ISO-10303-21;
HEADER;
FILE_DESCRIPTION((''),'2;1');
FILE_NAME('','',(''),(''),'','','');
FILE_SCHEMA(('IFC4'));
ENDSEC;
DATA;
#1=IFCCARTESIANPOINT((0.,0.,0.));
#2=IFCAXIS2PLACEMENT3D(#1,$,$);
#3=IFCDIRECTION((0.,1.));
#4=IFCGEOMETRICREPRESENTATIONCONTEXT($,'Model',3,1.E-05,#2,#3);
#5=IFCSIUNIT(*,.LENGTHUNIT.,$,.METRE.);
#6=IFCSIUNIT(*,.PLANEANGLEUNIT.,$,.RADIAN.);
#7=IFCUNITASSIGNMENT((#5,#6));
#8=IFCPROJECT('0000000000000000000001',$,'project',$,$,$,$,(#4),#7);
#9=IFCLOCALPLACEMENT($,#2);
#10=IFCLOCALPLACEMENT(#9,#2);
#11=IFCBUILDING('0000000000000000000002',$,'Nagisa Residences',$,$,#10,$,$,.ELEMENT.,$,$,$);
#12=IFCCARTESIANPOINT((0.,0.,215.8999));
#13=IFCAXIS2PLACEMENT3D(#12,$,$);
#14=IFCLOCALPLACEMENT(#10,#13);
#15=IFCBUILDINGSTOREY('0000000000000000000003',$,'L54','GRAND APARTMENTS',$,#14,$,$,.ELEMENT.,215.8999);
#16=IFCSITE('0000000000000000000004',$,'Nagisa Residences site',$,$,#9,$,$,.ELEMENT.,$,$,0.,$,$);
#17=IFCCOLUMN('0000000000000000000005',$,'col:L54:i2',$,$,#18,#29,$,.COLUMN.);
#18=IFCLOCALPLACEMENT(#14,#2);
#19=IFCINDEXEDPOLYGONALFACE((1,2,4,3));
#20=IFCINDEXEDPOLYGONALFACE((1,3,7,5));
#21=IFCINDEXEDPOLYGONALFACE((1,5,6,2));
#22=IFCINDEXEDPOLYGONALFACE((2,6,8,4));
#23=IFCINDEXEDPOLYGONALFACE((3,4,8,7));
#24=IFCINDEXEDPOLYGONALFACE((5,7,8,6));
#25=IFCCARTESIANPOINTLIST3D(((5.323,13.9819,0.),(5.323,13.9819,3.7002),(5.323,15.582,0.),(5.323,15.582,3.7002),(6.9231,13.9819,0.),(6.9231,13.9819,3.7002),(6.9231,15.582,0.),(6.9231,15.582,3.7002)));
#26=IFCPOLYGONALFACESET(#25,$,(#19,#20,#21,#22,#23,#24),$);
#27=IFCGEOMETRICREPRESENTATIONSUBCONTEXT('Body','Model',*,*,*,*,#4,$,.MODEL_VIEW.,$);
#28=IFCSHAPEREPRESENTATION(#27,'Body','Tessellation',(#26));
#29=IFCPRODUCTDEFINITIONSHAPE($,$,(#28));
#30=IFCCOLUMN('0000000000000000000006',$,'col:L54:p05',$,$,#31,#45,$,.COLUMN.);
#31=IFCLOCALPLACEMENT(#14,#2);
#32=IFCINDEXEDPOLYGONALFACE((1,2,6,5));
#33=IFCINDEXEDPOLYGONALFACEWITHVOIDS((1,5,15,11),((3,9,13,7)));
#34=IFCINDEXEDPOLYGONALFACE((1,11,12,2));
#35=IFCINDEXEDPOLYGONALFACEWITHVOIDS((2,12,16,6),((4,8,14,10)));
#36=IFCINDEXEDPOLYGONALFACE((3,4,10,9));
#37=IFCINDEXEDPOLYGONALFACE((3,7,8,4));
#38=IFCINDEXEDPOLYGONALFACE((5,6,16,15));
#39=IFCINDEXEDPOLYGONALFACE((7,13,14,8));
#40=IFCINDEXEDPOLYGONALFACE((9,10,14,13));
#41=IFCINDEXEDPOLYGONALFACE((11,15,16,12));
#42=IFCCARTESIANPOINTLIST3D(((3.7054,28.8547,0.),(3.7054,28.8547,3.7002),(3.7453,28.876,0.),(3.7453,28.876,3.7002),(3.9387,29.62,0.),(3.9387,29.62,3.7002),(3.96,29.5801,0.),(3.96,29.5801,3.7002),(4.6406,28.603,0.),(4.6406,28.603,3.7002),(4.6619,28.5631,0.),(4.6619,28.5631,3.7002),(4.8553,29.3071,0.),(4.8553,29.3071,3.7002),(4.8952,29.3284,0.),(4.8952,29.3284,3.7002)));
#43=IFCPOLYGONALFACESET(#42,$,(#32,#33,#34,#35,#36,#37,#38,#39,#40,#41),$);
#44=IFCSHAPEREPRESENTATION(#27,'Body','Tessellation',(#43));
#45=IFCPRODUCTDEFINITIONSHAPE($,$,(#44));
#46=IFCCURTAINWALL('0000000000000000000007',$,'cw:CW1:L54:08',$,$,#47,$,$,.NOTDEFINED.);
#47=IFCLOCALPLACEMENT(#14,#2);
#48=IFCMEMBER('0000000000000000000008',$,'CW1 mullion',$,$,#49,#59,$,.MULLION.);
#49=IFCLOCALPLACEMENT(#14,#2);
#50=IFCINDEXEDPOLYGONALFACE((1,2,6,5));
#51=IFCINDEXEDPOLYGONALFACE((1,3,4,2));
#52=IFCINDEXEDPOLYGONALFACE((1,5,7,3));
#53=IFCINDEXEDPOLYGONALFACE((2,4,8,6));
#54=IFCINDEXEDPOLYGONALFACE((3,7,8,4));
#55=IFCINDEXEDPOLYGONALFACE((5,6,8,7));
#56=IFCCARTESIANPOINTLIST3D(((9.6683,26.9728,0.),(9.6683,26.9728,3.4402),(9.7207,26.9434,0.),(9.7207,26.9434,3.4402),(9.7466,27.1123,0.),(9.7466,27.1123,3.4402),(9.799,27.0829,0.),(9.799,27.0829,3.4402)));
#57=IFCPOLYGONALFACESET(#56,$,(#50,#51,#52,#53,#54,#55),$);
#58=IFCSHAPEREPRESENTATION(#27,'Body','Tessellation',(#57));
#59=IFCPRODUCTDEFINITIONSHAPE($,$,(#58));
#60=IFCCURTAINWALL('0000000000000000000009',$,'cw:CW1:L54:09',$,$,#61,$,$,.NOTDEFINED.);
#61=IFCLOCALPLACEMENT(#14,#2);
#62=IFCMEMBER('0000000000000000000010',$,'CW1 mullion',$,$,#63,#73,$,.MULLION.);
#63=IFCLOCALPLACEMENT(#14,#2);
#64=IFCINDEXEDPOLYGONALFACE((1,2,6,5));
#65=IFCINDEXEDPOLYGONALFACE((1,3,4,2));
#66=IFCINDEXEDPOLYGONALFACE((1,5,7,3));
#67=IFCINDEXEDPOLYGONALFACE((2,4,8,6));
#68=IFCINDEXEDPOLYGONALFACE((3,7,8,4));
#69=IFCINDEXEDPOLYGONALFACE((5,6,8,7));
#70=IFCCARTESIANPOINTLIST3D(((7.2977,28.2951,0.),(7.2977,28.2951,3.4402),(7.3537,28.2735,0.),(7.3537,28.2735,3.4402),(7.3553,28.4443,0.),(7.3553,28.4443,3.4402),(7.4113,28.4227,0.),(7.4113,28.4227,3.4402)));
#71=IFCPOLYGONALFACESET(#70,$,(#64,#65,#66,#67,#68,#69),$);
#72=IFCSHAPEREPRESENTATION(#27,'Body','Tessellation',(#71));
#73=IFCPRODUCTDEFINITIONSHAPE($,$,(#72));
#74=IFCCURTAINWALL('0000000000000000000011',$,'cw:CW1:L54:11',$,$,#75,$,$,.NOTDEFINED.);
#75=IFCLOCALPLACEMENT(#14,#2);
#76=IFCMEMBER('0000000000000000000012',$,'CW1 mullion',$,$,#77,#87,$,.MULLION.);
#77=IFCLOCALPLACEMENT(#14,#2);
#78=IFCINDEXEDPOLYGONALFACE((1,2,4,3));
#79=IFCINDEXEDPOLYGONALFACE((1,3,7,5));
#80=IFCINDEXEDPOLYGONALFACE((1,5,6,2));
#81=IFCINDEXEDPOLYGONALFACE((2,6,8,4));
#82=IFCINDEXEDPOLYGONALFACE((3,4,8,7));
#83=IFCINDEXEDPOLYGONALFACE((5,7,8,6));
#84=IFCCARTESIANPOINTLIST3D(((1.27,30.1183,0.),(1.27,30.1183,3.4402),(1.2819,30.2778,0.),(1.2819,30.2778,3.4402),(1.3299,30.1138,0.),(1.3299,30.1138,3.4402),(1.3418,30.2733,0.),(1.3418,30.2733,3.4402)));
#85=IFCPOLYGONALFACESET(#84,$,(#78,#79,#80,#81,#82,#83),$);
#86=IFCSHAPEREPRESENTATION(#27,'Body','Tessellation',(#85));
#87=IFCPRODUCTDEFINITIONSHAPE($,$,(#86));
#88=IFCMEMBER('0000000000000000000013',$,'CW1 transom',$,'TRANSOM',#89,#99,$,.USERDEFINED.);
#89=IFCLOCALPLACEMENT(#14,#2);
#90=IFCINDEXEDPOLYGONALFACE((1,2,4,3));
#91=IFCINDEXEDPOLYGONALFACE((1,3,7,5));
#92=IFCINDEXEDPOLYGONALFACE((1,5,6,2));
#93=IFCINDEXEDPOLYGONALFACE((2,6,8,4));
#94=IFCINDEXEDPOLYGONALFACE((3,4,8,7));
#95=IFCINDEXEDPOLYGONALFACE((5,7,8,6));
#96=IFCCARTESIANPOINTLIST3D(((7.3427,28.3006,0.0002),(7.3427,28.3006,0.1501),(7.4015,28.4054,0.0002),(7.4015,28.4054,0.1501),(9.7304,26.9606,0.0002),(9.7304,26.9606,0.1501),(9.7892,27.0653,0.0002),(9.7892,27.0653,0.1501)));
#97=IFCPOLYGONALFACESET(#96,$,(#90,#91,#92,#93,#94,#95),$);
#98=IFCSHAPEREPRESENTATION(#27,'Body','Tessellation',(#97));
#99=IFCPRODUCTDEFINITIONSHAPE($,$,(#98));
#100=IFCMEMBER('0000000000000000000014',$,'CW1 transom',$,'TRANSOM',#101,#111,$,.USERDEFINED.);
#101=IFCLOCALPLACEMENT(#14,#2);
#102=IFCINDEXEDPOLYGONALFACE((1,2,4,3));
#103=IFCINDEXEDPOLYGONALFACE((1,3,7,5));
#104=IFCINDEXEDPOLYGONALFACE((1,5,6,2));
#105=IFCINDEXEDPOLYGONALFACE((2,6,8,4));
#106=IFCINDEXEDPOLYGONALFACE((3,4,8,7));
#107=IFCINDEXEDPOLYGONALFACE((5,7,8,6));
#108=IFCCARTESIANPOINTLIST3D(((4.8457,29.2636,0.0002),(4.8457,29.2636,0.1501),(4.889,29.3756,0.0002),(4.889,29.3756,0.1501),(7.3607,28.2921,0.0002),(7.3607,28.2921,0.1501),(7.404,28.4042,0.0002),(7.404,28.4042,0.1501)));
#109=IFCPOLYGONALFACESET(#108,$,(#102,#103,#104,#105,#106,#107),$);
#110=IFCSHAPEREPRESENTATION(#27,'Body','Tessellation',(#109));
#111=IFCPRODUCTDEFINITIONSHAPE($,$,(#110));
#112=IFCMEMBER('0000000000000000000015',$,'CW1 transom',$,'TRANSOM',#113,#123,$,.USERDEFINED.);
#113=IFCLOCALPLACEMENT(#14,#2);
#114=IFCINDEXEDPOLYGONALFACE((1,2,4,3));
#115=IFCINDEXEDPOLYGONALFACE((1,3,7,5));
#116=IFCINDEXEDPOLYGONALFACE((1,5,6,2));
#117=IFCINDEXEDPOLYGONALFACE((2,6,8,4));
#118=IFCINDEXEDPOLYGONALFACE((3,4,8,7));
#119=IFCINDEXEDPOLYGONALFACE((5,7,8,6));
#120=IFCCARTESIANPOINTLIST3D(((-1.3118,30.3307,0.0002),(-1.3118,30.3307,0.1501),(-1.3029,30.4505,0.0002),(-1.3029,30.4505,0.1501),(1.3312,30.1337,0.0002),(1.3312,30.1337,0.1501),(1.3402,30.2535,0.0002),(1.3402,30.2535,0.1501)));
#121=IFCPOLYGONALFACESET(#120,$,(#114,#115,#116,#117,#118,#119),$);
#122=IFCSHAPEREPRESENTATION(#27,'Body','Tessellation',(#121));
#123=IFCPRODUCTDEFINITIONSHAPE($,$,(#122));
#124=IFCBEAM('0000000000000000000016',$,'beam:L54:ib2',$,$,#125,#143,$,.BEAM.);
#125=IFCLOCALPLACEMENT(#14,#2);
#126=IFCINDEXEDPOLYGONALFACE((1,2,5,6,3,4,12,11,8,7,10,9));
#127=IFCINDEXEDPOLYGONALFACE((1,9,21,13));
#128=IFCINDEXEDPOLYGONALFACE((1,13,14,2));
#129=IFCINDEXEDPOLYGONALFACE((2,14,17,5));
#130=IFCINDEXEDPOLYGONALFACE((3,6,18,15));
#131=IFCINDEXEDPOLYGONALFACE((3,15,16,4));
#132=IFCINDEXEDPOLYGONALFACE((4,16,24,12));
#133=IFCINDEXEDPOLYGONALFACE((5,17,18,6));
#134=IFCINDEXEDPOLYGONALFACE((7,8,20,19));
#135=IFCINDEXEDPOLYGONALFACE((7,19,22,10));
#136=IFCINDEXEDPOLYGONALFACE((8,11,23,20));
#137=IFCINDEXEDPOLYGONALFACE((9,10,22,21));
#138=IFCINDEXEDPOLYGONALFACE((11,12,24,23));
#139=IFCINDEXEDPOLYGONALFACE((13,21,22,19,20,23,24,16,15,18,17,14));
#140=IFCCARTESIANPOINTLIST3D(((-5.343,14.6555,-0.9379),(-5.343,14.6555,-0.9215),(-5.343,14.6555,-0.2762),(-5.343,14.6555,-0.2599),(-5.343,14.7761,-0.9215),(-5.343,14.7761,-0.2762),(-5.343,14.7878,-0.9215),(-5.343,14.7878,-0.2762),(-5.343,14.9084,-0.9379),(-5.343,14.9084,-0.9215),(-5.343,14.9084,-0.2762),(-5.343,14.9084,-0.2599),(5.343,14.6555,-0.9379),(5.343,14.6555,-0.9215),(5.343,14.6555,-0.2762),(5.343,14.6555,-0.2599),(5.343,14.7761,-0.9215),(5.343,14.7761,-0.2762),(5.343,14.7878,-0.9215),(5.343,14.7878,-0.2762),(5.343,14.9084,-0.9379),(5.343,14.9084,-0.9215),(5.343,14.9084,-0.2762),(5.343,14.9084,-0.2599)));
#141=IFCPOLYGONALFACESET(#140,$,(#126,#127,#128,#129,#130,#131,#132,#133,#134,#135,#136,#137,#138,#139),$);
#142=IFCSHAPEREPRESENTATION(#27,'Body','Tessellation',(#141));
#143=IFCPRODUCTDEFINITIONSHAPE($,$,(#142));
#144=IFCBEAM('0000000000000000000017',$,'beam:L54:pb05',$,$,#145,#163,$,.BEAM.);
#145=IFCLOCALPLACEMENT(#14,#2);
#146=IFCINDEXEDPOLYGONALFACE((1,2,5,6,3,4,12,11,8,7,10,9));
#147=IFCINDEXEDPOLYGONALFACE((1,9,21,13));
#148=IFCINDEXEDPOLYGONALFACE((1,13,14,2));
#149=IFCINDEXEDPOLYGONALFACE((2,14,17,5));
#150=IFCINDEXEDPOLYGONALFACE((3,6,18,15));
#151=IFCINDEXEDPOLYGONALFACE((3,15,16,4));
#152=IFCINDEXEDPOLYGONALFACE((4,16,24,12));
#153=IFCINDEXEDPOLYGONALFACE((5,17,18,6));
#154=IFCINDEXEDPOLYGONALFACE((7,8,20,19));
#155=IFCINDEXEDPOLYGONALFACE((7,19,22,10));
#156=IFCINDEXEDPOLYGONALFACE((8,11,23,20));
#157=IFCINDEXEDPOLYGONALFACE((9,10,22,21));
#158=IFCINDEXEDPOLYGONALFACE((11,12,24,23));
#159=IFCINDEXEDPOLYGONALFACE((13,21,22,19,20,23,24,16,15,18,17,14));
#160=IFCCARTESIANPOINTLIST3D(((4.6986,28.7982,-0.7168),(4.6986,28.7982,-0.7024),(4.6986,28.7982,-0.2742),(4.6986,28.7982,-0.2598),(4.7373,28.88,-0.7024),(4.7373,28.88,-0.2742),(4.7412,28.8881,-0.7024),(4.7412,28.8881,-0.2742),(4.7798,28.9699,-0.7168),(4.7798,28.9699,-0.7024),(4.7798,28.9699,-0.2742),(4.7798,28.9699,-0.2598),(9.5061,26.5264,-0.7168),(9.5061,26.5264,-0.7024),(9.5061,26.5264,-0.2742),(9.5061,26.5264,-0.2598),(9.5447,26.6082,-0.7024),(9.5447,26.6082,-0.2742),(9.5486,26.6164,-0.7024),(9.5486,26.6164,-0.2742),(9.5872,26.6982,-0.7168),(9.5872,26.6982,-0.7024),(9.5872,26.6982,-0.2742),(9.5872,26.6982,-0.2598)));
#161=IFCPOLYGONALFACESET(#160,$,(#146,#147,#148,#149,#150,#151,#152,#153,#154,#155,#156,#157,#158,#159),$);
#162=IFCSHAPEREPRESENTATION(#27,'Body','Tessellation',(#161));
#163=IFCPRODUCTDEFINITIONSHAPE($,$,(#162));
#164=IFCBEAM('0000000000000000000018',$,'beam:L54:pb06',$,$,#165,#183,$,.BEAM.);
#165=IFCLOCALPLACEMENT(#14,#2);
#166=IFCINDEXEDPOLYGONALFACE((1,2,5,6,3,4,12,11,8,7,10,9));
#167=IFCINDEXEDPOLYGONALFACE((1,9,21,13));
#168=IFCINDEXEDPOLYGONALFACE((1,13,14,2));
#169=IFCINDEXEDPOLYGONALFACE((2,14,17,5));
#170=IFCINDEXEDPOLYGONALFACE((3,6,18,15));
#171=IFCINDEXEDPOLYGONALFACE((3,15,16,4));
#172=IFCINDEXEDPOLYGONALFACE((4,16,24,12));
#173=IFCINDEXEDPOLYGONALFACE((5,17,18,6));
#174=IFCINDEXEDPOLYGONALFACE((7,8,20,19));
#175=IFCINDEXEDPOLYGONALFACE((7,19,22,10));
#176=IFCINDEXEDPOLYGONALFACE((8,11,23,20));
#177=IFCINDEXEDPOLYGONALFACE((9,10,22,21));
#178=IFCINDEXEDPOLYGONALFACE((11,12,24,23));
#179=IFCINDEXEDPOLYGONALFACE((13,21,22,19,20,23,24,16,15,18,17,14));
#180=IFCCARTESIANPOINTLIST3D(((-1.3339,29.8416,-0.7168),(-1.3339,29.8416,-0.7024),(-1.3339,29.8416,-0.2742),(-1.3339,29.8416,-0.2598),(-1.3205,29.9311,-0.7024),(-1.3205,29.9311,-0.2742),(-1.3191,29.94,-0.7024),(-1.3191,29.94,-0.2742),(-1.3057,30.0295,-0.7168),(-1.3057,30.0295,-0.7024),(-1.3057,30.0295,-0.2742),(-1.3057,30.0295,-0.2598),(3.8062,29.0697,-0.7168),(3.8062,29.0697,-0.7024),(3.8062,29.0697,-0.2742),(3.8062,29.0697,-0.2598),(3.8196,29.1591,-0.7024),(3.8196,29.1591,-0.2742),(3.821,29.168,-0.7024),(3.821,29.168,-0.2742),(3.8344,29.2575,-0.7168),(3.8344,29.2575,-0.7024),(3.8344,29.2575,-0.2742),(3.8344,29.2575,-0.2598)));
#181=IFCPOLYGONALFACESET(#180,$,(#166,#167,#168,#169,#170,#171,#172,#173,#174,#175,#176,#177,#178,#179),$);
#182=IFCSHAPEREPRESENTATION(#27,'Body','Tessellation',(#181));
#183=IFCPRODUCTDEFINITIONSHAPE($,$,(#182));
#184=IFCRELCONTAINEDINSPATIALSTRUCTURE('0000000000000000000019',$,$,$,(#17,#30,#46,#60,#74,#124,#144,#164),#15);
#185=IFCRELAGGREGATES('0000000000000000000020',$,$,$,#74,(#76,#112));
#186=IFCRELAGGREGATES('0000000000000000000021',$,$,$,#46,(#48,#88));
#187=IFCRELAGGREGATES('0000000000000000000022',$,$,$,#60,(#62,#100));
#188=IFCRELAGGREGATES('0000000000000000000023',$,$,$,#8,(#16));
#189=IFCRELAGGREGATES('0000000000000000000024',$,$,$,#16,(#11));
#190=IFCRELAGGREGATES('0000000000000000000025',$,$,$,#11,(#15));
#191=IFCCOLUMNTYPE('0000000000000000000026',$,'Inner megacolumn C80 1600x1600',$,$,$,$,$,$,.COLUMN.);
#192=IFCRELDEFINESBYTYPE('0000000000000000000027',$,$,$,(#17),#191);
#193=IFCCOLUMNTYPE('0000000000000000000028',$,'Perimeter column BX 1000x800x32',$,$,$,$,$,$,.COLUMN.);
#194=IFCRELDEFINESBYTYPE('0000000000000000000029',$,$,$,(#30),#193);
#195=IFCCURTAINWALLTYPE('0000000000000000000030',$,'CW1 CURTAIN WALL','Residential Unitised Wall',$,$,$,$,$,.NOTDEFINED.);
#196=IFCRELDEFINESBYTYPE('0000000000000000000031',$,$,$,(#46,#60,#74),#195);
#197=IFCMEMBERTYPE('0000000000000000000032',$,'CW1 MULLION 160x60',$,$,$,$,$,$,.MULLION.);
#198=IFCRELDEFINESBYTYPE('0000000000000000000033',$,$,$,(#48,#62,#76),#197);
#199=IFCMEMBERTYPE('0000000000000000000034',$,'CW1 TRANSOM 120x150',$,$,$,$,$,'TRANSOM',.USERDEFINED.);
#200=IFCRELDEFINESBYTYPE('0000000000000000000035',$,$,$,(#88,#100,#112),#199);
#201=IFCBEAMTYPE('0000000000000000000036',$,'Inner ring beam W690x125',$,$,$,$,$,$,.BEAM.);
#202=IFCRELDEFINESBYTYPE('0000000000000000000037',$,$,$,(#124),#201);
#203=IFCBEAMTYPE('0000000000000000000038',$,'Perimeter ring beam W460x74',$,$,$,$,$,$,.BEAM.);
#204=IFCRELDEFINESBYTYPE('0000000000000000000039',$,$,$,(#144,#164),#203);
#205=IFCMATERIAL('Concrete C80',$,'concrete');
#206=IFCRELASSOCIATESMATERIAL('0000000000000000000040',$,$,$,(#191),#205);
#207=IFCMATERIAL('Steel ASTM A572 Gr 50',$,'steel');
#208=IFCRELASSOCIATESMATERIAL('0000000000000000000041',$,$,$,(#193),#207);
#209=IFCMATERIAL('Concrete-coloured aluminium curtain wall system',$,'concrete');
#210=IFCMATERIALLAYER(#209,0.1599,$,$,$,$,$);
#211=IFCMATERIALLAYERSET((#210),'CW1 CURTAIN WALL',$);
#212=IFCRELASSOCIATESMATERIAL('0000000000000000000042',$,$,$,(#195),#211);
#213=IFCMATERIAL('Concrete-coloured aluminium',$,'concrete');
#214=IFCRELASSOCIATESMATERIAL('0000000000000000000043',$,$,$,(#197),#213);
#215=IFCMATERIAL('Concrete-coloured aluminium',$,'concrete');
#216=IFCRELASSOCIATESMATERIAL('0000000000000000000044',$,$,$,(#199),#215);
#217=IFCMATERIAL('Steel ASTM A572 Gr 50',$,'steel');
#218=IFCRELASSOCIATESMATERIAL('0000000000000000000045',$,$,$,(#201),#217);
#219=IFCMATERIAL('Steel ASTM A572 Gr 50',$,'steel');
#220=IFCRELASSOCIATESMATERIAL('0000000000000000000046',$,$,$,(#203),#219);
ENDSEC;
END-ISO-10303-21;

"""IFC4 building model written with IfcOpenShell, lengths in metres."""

from ifc_helpers import new_model, si_unit, direction, frame, origin, origin_2d, place, context, subcontext, project, spatial, rectangle, hollow_rectangle, i_section, extrude, material, layer, layer_set, material_profile, profile_set, type_object, element, aggregate, save


model = new_model("IFC4")

# Units and contexts
model_context = context("Model", 3, precision=1e-05, world=origin(), true_north=direction((0.0, 1.0)))
body_context = subcontext(model_context, "Body", "Model", "MODEL_VIEW")
ifc_project = project(units=[si_unit("LENGTHUNIT", "METRE"), si_unit("PLANEANGLEUNIT", "RADIAN")], contexts=[model_context])

# Site, building, storey
site_placement = place(None, origin())
site = spatial("IfcSite", under=ifc_project, at=site_placement, Name="Nagisa Residences site", CompositionType="ELEMENT", RefElevation=0.0)
building_placement = place(site_placement, origin())
building = spatial("IfcBuilding", under=site, at=building_placement, Name="Nagisa Residences", CompositionType="ELEMENT")
storey_placement = place(building_placement, frame((0.0, 0.0, 215.8999)))
storey = spatial("IfcBuildingStorey", under=building, at=storey_placement, Name="L54", Description="GRAND APARTMENTS", CompositionType="ELEMENT", Elevation=215.8999)

# Columns
ifc_material_1 = material(Name="Concrete C80", Category="concrete")
ifc_material_profile_1 = material_profile(ifc_material_1, rectangle(XDim=1.6001, YDim=1.6001, at=origin_2d()), Name="C80 1600x1600")
ifc_profile_set_1 = profile_set([ifc_material_profile_1], Name="Concrete C80")
column_type_1 = type_object("IfcColumnType", Name="Inner megacolumn C80 1600x1600", PredefinedType="COLUMN", material=ifc_profile_set_1)
column_1_placement = place(storey_placement, frame((6.123, 14.782, 0.0), z_axis=(0.0, 0.0, 1.0), x_axis=(1.0, 0.0, 0.0)))
element("IfcColumn", 1, at=column_1_placement, inside=storey, type_object=column_type_1, Name="col:L54:i2", PredefinedType="COLUMN", context=body_context, shape_type="SweptSolid", body=[
    extrude(rectangle(XDim=1.6001, YDim=1.6001, at=origin_2d()), origin(), (0.0, 0.0, 1.0), 3.7002),
])
ifc_material_2 = material(Name="Steel ASTM A572 Gr 50", Category="steel")
ifc_material_profile_2 = material_profile(ifc_material_2, hollow_rectangle(XDim=1.0, YDim=0.8, WallThickness=0.032, at=origin_2d()), Name="BX 1000x800x32")
ifc_profile_set_2 = profile_set([ifc_material_profile_2], Name="Steel ASTM A572 Gr 50")
column_type_2 = type_object("IfcColumnType", Name="Perimeter column BX 1000x800x32", PredefinedType="COLUMN", material=ifc_profile_set_2)
column_2_placement = place(storey_placement, frame((4.3003, 29.0916, 0.0), z_axis=(0.0, 0.0, 1.0), x_axis=(-0.956525, 0.291652, 0.0)))
element("IfcColumn", 2, at=column_2_placement, inside=storey, type_object=column_type_2, Name="col:L54:p05", PredefinedType="COLUMN", context=body_context, shape_type="SweptSolid", body=[
    extrude(hollow_rectangle(XDim=1.0, YDim=0.8, WallThickness=0.032, at=origin_2d()), origin(), (0.0, 0.0, 1.0), 3.7002),
])

# Curtain walls, members
ifc_material_3 = material(Name="Concrete-coloured aluminium curtain wall system", Category="concrete")
ifc_layer_1 = layer(ifc_material_3, 0.1599)
ifc_layer_set_1 = layer_set([ifc_layer_1], Name="CW1 CURTAIN WALL")
curtain_wall_type = type_object("IfcCurtainWallType", Name="CW1 CURTAIN WALL", Description="Residential Unitised Wall", PredefinedType="NOTDEFINED", material=ifc_layer_set_1)
curtain_wall_1_placement = place(storey_placement, origin())
curtain_wall_1 = element("IfcCurtainWall", 3, at=curtain_wall_1_placement, inside=storey, type_object=curtain_wall_type, Name="cw:CW1:L54:08", PredefinedType="NOTDEFINED")
ifc_material_4 = material(Name="Concrete-coloured aluminium", Category="concrete")
ifc_material_profile_3 = material_profile(ifc_material_4, rectangle(XDim=0.1599, YDim=0.0601, at=origin_2d()), Name="CW1 MULLION 160x60")
ifc_profile_set_3 = profile_set([ifc_material_profile_3], Name="Concrete-coloured aluminium")
member_type_1 = type_object("IfcMemberType", Name="CW1 MULLION 160x60", PredefinedType="MULLION", material=ifc_profile_set_3)
member_1_placement = place(storey_placement, frame((9.7336, 27.0278, 0.0), z_axis=(0.0, 0.0, 1.0), x_axis=(-0.489377, -0.872072, 0.0)))
member_1 = element("IfcMember", 4, at=member_1_placement, type_object=member_type_1, Name="CW1 mullion", PredefinedType="MULLION", context=body_context, shape_type="SweptSolid", body=[
    extrude(rectangle(XDim=0.1599, YDim=0.0601, at=origin_2d()), origin(), (0.0, 0.0, 1.0), 3.4402),
])
curtain_wall_2_placement = place(storey_placement, origin())
curtain_wall_2 = element("IfcCurtainWall", 5, at=curtain_wall_2_placement, inside=storey, type_object=curtain_wall_type, Name="cw:CW1:L54:09", PredefinedType="NOTDEFINED")
member_2_placement = place(storey_placement, frame((7.3545, 28.3589, 0.0), z_axis=(0.0, 0.0, 1.0), x_axis=(-0.360328, -0.932826, 0.0)))
member_2 = element("IfcMember", 6, at=member_2_placement, type_object=member_type_1, Name="CW1 mullion", PredefinedType="MULLION", context=body_context, shape_type="SweptSolid", body=[
    extrude(rectangle(XDim=0.1599, YDim=0.0601, at=origin_2d()), origin(), (0.0, 0.0, 1.0), 3.4402),
])
curtain_wall_3_placement = place(storey_placement, origin())
curtain_wall_3 = element("IfcCurtainWall", 7, at=curtain_wall_3_placement, inside=storey, type_object=curtain_wall_type, Name="cw:CW1:L54:11", PredefinedType="NOTDEFINED")
member_3_placement = place(storey_placement, frame((1.3059, 30.1958, 0.0), z_axis=(0.0, 0.0, 1.0), x_axis=(-0.074377, -0.99723, 0.0)))
member_3 = element("IfcMember", 8, at=member_3_placement, type_object=member_type_1, Name="CW1 mullion", PredefinedType="MULLION", context=body_context, shape_type="SweptSolid", body=[
    extrude(rectangle(XDim=0.1599, YDim=0.0601, at=origin_2d()), origin(), (0.0, 0.0, 1.0), 3.4402),
])

# Members
ifc_material_5 = material(Name="Concrete-coloured aluminium", Category="concrete")
ifc_material_profile_4 = material_profile(ifc_material_5, rectangle(XDim=0.1201, YDim=0.1499, at=origin_2d()), Name="CW1 TRANSOM 120x150")
ifc_profile_set_4 = profile_set([ifc_material_profile_4], Name="Concrete-coloured aluminium")
member_type_2 = type_object("IfcMemberType", Name="CW1 TRANSOM 120x150", ElementType="TRANSOM", PredefinedType="USERDEFINED", material=ifc_profile_set_4)
member_4_placement = place(storey_placement, frame((9.7598, 27.0129, 0.0752), z_axis=(-0.872042, 0.489431, 0.0), x_axis=(-0.489431, -0.872042, 0.0)))
member_4 = element("IfcMember", 9, at=member_4_placement, type_object=member_type_2, Name="CW1 transom", ObjectType="TRANSOM", PredefinedType="USERDEFINED", context=body_context, shape_type="SweptSolid", body=[
    extrude(rectangle(XDim=0.1201, YDim=0.1499, at=origin_2d()), origin(), (0.0, 0.0, 1.0), 2.738),
])
member_5_placement = place(storey_placement, frame((7.3823, 28.3481, 0.0752), z_axis=(-0.932826, 0.360326, 0.0), x_axis=(-0.360326, -0.932826, 0.0)))
member_5 = element("IfcMember", 10, at=member_5_placement, type_object=member_type_2, Name="CW1 transom", ObjectType="TRANSOM", PredefinedType="USERDEFINED", context=body_context, shape_type="SweptSolid", body=[
    extrude(rectangle(XDim=0.1201, YDim=0.1499, at=origin_2d()), origin(), (0.0, 0.0, 1.0), 2.696),
])
member_6_placement = place(storey_placement, frame((1.3357, 30.1936, 0.0752), z_axis=(-0.997233, 0.074337, 0.0), x_axis=(-0.074337, -0.997233, 0.0)))
member_6 = element("IfcMember", 11, at=member_6_placement, type_object=member_type_2, Name="CW1 transom", ObjectType="TRANSOM", PredefinedType="USERDEFINED", context=body_context, shape_type="SweptSolid", body=[
    extrude(rectangle(XDim=0.1201, YDim=0.1499, at=origin_2d()), origin(), (0.0, 0.0, 1.0), 2.6504),
])
aggregate(curtain_wall_3, [member_3, member_6])

# Beams
ifc_material_6 = material(Name="Steel ASTM A572 Gr 50", Category="steel")
ifc_material_profile_5 = material_profile(ifc_material_6, i_section(OverallWidth=0.2529, OverallDepth=0.678, WebThickness=0.0117, FlangeThickness=0.0164, at=origin_2d()), Name="W690x125")
ifc_profile_set_5 = profile_set([ifc_material_profile_5], Name="Steel ASTM A572 Gr 50")
beam_type_1 = type_object("IfcBeamType", Name="Inner ring beam W690x125", PredefinedType="BEAM", material=ifc_profile_set_5)
beam_1_placement = place(storey_placement, frame((5.343, 14.782, -0.5989), z_axis=(-1.0, 0.0, 0.0), x_axis=(0.0, -1.0, 0.0)))
element("IfcBeam", 12, at=beam_1_placement, inside=storey, type_object=beam_type_1, Name="beam:L54:ib2", PredefinedType="BEAM", context=body_context, shape_type="SweptSolid", body=[
    extrude(i_section(OverallWidth=0.2529, OverallDepth=0.678, WebThickness=0.0117, FlangeThickness=0.0164, at=origin_2d()), origin(), (0.0, 0.0, 1.0), 10.686),
])
ifc_material_7 = material(Name="Steel ASTM A572 Gr 50", Category="steel")
ifc_material_profile_6 = material_profile(ifc_material_7, i_section(OverallWidth=0.1899, OverallDepth=0.457, WebThickness=0.009, FlangeThickness=0.0144, at=origin_2d()), Name="W460x74")
ifc_profile_set_6 = profile_set([ifc_material_profile_6], Name="Steel ASTM A572 Gr 50")
beam_type_2 = type_object("IfcBeamType", Name="Perimeter ring beam W460x74", PredefinedType="BEAM", material=ifc_profile_set_6)
beam_2_placement = place(storey_placement, frame((9.5466, 26.6123, -0.4883), z_axis=(-0.904134, 0.427249, 0.0), x_axis=(-0.427249, -0.904134, 0.0)))
element("IfcBeam", 13, at=beam_2_placement, inside=storey, type_object=beam_type_2, Name="beam:L54:pb05", PredefinedType="BEAM", context=body_context, shape_type="SweptSolid", body=[
    extrude(i_section(OverallWidth=0.1899, OverallDepth=0.457, WebThickness=0.009, FlangeThickness=0.0144, at=origin_2d()), origin(), (0.0, 0.0, 1.0), 5.3171),
])
beam_3_placement = place(storey_placement, frame((3.8203, 29.1636, -0.4883), z_axis=(-0.988909, 0.14852, 0.0), x_axis=(-0.14852, -0.988909, 0.0)))
element("IfcBeam", 14, at=beam_3_placement, inside=storey, type_object=beam_type_2, Name="beam:L54:pb06", PredefinedType="BEAM", context=body_context, shape_type="SweptSolid", body=[
    extrude(i_section(OverallWidth=0.1899, OverallDepth=0.457, WebThickness=0.009, FlangeThickness=0.0144, at=origin_2d()), origin(), (0.0, 0.0, 1.0), 5.1978),
])

aggregate(curtain_wall_1, [member_1, member_4])
aggregate(curtain_wall_2, [member_2, member_5])

save(model, "model.ifc")
